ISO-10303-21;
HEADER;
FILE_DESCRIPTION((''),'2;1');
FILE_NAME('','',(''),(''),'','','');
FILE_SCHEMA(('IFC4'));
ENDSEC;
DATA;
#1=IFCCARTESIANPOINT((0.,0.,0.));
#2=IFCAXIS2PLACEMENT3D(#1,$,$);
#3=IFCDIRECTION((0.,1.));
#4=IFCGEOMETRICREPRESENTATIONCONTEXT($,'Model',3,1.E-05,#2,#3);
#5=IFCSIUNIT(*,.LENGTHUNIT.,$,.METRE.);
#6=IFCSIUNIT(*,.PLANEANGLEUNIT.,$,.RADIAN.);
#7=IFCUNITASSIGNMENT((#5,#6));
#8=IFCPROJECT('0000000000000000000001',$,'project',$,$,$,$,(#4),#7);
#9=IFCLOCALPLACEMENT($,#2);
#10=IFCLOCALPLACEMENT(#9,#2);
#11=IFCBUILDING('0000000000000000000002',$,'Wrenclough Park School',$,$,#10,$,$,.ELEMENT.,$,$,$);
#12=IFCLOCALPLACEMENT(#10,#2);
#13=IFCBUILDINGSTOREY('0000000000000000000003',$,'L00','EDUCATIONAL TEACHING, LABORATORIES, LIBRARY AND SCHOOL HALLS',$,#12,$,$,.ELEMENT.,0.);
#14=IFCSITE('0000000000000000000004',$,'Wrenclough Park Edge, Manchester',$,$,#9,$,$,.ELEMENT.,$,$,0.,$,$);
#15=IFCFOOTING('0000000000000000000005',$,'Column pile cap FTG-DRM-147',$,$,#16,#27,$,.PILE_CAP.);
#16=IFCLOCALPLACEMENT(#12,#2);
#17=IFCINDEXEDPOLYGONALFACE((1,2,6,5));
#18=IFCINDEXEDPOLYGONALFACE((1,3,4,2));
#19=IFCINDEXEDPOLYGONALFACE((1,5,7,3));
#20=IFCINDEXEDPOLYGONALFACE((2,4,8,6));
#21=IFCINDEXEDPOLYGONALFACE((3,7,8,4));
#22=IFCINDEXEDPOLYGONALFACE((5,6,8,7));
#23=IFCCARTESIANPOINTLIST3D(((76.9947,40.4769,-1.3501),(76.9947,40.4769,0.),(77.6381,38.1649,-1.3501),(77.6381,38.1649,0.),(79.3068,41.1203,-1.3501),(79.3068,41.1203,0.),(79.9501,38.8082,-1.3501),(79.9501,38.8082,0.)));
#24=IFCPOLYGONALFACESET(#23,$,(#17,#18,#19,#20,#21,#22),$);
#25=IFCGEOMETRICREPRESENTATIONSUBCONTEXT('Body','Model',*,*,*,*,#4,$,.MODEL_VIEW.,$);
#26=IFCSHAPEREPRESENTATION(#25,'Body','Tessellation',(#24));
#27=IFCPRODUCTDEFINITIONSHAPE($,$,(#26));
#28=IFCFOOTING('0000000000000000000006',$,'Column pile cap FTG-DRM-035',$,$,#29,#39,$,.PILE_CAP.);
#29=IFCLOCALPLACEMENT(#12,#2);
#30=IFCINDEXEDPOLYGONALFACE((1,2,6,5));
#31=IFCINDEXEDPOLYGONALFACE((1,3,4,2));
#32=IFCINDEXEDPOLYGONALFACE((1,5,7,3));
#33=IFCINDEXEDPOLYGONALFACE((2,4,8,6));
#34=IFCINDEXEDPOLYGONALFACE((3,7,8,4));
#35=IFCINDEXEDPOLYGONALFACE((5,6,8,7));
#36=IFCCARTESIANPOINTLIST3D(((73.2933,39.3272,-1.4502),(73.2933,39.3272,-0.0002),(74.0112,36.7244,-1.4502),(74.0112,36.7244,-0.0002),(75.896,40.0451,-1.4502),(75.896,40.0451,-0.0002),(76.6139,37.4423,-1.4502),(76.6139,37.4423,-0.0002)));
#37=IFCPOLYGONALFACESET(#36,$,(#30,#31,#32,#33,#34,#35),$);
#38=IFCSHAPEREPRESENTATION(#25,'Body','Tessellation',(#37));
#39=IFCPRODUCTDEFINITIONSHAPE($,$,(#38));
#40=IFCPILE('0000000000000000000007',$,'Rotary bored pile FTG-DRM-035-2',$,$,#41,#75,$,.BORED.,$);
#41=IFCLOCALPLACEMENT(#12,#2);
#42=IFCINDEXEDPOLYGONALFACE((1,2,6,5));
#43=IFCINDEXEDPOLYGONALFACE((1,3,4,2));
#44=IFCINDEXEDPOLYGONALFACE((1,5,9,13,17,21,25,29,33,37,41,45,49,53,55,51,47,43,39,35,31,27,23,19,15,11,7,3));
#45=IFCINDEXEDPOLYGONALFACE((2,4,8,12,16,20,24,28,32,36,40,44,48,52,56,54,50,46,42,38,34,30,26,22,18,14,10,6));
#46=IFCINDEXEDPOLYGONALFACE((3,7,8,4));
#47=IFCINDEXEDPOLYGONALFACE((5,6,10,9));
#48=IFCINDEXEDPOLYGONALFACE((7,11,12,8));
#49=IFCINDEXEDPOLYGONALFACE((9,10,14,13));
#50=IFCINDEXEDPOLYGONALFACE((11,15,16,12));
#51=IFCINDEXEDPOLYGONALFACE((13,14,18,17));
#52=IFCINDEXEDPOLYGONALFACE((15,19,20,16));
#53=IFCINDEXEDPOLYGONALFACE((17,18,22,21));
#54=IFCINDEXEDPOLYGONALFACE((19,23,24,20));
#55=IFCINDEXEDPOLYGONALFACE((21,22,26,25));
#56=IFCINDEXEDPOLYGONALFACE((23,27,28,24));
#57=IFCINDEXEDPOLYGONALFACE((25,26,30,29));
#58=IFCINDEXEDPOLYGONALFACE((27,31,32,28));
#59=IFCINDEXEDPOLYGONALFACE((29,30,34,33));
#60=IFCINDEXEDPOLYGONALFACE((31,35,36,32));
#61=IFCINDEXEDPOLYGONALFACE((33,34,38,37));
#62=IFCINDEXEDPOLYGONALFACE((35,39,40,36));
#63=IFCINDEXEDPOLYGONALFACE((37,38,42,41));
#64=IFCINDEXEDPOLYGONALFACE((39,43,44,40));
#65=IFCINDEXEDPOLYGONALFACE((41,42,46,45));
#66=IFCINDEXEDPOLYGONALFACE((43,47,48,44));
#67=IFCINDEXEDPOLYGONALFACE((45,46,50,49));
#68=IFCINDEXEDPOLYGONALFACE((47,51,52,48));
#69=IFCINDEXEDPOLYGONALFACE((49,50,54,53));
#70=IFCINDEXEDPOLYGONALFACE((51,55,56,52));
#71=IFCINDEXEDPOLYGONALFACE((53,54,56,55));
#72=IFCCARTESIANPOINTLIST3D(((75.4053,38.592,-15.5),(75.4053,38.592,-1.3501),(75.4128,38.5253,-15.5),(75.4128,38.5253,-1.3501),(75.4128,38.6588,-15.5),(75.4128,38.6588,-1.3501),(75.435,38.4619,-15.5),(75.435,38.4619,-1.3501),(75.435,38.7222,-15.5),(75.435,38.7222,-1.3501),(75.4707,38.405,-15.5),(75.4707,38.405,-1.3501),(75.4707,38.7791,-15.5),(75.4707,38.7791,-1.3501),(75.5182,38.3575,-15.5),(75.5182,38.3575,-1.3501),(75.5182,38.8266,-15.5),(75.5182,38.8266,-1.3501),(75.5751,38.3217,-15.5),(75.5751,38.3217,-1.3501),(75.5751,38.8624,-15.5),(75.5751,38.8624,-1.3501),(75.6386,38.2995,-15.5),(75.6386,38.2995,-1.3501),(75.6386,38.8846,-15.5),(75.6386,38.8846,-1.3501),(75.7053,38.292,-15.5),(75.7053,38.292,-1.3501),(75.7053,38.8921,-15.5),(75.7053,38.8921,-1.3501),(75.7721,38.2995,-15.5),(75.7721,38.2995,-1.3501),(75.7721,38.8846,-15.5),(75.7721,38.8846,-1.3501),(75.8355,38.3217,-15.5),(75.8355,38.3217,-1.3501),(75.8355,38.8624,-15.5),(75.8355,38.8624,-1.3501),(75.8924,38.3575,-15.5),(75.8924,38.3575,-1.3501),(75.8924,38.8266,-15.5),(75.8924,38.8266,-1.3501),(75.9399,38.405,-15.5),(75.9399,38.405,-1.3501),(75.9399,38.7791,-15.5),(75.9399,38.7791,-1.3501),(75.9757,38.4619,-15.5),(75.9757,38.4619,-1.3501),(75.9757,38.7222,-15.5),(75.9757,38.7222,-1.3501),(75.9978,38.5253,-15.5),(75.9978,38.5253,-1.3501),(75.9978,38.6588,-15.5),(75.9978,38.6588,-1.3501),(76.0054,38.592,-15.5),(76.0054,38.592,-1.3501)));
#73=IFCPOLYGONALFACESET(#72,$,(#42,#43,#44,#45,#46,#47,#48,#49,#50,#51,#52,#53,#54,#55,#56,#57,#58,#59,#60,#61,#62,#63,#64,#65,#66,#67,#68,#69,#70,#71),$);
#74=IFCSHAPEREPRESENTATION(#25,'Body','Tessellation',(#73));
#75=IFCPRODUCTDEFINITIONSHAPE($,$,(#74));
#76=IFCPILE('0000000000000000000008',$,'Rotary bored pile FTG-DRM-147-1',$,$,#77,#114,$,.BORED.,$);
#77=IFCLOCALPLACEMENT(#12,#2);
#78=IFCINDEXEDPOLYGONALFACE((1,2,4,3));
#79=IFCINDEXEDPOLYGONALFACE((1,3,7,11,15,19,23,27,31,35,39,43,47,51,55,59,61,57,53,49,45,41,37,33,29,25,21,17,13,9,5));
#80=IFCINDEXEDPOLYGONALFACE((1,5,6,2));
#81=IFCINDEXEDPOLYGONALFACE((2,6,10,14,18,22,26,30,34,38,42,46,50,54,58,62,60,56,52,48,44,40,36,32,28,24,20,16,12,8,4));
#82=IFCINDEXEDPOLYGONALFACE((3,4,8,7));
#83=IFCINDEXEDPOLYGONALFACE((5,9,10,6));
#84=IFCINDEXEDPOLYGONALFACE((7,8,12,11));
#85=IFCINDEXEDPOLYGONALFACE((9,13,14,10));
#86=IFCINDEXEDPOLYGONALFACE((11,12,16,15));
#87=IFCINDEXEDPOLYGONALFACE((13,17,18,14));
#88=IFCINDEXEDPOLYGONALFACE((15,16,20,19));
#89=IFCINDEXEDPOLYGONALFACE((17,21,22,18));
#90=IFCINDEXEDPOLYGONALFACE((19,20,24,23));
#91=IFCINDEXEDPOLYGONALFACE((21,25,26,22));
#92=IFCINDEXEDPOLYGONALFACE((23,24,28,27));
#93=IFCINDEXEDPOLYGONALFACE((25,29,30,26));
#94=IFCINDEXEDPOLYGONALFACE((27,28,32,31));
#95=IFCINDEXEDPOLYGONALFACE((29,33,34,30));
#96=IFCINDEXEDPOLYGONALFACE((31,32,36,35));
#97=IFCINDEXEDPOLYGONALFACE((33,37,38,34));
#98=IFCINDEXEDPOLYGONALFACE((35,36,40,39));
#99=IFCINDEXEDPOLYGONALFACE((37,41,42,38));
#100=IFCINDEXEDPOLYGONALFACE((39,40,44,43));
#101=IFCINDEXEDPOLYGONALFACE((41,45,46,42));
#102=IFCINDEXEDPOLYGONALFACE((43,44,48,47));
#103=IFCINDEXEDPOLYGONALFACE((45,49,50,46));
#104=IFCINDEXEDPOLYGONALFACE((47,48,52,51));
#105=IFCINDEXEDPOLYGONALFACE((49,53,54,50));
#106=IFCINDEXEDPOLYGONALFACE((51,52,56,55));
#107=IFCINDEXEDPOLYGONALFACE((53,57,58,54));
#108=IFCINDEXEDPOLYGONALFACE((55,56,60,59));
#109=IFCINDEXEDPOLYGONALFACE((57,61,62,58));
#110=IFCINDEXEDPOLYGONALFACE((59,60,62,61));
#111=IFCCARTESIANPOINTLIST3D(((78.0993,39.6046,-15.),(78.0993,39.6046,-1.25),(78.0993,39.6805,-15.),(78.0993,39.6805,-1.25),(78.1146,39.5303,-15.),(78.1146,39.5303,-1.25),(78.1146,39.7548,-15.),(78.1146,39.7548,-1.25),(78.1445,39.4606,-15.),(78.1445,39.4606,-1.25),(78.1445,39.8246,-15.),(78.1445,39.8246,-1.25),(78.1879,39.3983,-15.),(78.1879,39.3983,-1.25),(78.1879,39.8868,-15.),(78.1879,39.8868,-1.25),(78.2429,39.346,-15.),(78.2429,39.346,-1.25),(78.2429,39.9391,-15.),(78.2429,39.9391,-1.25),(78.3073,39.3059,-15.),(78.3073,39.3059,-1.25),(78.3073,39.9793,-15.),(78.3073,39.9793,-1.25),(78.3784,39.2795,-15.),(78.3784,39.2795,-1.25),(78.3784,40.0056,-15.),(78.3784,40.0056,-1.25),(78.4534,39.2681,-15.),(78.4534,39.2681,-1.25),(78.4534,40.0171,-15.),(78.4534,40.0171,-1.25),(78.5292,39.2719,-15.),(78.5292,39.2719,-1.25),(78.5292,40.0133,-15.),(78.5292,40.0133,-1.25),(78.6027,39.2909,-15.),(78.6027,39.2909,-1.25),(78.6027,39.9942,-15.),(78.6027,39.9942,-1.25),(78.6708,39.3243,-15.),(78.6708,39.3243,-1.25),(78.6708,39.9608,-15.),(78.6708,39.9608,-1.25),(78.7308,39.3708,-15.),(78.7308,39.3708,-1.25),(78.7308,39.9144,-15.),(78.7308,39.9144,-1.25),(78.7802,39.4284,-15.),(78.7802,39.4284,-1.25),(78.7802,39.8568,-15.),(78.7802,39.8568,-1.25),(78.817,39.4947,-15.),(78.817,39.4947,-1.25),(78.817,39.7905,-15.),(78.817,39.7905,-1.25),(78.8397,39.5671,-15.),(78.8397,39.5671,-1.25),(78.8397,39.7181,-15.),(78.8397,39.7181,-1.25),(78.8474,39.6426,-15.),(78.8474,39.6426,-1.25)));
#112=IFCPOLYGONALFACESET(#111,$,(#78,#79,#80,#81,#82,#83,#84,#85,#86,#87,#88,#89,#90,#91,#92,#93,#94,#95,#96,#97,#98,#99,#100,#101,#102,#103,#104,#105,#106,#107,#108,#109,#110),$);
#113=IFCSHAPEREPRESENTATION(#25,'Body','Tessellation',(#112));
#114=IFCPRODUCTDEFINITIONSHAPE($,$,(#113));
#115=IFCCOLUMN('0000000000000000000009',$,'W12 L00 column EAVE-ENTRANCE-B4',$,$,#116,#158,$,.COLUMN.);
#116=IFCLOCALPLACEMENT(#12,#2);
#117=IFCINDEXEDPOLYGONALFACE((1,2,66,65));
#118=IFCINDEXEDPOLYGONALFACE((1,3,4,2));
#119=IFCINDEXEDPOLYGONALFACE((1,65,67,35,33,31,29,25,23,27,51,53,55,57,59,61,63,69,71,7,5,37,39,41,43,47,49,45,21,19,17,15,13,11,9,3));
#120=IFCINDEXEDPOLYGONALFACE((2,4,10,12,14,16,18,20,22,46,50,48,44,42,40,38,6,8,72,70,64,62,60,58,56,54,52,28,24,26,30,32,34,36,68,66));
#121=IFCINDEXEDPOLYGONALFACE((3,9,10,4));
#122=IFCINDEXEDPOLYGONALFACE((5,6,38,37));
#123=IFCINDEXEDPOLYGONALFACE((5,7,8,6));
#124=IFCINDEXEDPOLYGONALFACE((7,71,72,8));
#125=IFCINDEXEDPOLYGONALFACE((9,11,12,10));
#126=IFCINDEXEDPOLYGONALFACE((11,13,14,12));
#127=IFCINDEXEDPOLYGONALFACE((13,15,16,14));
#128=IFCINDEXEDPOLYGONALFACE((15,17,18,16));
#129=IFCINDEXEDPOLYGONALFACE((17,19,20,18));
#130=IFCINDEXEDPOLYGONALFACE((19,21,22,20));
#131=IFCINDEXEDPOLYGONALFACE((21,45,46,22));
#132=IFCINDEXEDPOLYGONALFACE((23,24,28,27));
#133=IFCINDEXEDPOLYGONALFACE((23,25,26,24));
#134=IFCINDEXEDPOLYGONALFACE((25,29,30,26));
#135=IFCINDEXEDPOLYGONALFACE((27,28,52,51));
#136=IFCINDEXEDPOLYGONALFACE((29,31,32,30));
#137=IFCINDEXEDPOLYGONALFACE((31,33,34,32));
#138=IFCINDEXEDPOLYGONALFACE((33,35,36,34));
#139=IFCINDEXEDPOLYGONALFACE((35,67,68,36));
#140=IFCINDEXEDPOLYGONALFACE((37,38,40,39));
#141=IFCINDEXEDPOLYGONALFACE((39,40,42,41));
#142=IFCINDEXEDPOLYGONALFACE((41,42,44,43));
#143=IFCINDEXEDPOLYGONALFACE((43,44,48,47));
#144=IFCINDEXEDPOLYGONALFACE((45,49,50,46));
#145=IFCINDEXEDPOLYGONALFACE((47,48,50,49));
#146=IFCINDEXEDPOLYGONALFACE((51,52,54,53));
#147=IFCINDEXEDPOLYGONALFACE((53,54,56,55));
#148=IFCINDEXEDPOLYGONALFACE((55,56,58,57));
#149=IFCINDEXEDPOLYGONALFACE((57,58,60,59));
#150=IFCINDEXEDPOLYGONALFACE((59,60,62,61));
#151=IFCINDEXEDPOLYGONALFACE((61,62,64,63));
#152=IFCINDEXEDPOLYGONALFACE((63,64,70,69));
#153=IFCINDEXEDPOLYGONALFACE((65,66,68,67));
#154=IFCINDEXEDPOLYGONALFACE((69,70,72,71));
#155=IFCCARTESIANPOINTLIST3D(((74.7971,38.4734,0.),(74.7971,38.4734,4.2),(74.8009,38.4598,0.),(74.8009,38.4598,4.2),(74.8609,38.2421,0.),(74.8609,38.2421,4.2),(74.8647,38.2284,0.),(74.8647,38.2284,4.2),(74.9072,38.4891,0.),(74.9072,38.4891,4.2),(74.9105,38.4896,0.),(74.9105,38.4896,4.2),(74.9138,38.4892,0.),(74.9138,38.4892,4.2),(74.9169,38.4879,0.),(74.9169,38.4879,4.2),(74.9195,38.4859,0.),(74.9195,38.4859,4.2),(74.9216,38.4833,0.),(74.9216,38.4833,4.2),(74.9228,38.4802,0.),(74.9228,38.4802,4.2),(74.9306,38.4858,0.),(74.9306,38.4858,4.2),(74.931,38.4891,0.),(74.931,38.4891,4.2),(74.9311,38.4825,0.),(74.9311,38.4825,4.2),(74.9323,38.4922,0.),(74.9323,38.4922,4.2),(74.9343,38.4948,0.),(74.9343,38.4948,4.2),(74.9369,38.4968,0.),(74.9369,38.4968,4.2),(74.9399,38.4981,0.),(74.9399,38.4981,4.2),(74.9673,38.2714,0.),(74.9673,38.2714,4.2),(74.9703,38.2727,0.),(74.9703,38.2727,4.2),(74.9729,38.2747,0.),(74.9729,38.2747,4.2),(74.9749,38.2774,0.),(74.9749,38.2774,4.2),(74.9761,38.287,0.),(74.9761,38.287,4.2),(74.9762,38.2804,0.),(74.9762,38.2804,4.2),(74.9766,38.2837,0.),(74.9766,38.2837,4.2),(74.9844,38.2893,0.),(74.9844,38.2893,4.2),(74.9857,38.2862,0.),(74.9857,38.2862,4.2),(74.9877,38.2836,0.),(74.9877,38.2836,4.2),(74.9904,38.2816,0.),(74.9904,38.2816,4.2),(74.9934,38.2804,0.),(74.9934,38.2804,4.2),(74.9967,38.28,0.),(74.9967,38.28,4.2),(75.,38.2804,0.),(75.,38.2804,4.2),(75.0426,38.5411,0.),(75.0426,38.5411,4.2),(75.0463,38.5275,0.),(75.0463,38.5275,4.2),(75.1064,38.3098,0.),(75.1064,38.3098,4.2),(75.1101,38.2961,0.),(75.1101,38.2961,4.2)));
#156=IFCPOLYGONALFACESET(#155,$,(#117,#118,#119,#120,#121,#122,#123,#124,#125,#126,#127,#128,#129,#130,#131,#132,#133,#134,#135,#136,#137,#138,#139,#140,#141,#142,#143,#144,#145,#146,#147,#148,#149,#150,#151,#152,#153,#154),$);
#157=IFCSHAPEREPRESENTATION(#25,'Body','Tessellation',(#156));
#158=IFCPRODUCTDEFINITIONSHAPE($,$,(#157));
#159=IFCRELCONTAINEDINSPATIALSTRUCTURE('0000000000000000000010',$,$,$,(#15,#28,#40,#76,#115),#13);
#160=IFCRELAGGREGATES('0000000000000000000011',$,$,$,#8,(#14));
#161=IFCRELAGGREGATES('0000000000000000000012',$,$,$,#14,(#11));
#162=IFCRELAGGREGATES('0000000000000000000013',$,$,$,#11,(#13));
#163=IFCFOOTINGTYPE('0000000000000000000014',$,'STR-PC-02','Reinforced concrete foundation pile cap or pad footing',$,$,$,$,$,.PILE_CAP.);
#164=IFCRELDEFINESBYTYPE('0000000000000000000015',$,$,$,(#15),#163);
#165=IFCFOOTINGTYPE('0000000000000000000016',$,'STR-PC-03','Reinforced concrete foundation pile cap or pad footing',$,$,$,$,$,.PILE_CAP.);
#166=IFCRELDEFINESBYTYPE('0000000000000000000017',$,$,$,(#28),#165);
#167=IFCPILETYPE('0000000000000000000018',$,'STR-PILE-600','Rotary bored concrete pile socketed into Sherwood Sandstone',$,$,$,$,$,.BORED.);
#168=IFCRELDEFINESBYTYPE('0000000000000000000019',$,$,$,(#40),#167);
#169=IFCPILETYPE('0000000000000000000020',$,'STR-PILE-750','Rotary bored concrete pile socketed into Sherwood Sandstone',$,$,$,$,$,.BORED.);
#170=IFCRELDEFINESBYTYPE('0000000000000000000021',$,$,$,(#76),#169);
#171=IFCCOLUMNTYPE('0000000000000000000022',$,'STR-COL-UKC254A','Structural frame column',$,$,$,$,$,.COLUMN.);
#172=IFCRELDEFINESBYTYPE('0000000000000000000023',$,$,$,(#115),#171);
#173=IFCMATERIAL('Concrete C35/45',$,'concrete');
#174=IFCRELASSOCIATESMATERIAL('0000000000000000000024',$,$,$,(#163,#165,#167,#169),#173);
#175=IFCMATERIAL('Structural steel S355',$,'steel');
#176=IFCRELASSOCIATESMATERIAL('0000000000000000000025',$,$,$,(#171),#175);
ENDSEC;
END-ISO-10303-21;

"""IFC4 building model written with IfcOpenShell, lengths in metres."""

from ifc_helpers import new_model, si_unit, direction, frame, origin, origin_2d, place, context, subcontext, project, spatial, rectangle, circle, i_section, extrude, material, material_profile, profile_set, type_object, element, save


model = new_model("IFC4")

# Units and contexts
model_context = context("Model", 3, precision=1e-05, world=origin(), true_north=direction((0.0, 1.0)))
body_context = subcontext(model_context, "Body", "Model", "MODEL_VIEW")
ifc_project = project(units=[si_unit("LENGTHUNIT", "METRE"), si_unit("PLANEANGLEUNIT", "RADIAN")], contexts=[model_context])

# Site, building, storey
site_placement = place(None, origin())
site = spatial("IfcSite", under=ifc_project, at=site_placement, Name="Wrenclough Park Edge, Manchester", CompositionType="ELEMENT", RefElevation=0.0)
building_placement = place(site_placement, origin())
building = spatial("IfcBuilding", under=site, at=building_placement, Name="Wrenclough Park School", CompositionType="ELEMENT")
storey_placement = place(building_placement, origin())
storey = spatial("IfcBuildingStorey", under=building, at=storey_placement, Name="L00", Description="EDUCATIONAL TEACHING, LABORATORIES, LIBRARY AND SCHOOL HALLS", CompositionType="ELEMENT", Elevation=0.0)

# Footings
ifc_material_1 = material(Name="Concrete C35/45", Category="concrete")
footing_type_1 = type_object("IfcFootingType", Name="STR-PC-02", Description="Reinforced concrete foundation pile cap or pad footing", PredefinedType="PILE_CAP", material=ifc_material_1)
footing_1_placement = place(storey_placement, frame((78.4724, 39.6426, -1.3501), z_axis=(0.0, 0.0, 1.0), x_axis=(0.963397, 0.268079, 0.0)))
element("IfcFooting", 1, at=footing_1_placement, inside=storey, type_object=footing_type_1, Name="Column pile cap FTG-DRM-147", PredefinedType="PILE_CAP", context=body_context, shape_type="SweptSolid", body=[
    extrude(rectangle(XDim=2.3999, YDim=2.3999, at=origin_2d()), origin(), (0.0, 0.0, 1.0), 1.3501),
])
footing_type_2 = type_object("IfcFootingType", Name="STR-PC-03", Description="Reinforced concrete foundation pile cap or pad footing", PredefinedType="PILE_CAP", material=ifc_material_1)
footing_2_placement = place(storey_placement, frame((74.9536, 38.3848, -1.4502), z_axis=(0.0, 0.0, 1.0), x_axis=(0.964003, 0.265893, 0.0)))
element("IfcFooting", 2, at=footing_2_placement, inside=storey, type_object=footing_type_2, Name="Column pile cap FTG-DRM-035", PredefinedType="PILE_CAP", context=body_context, shape_type="SweptSolid", body=[
    extrude(rectangle(XDim=2.7, YDim=2.7, at=origin_2d()), origin(), (0.0, 0.0, 1.0), 1.45),
])

# Piles
ifc_material_profile_1 = material_profile(ifc_material_1, circle(Radius=0.3, at=origin_2d()), Name="BORED PILE D600")
ifc_profile_set_1 = profile_set([ifc_material_profile_1], Name="Concrete C35/45")
pile_type_1 = type_object("IfcPileType", Name="STR-PILE-600", Description="Rotary bored concrete pile socketed into Sherwood Sandstone", PredefinedType="BORED", material=ifc_profile_set_1)
pile_1_placement = place(storey_placement, frame((75.7053, 38.592, -1.3501), z_axis=(0.0, 0.0, -1.0), x_axis=(1.0, 0.0, 0.0)))
element("IfcPile", 3, at=pile_1_placement, inside=storey, type_object=pile_type_1, Name="Rotary bored pile FTG-DRM-035-2", PredefinedType="BORED", context=body_context, shape_type="SweptSolid", body=[
    extrude(circle(Radius=0.3, at=origin_2d()), origin(), (0.0, 0.0, 1.0), 14.1499),
])
ifc_material_profile_2 = material_profile(ifc_material_1, circle(Radius=0.375, at=origin_2d()), Name="BORED PILE D750")
ifc_profile_set_2 = profile_set([ifc_material_profile_2], Name="Concrete C35/45")
pile_type_2 = type_object("IfcPileType", Name="STR-PILE-750", Description="Rotary bored concrete pile socketed into Sherwood Sandstone", PredefinedType="BORED", material=ifc_profile_set_2)
pile_2_placement = place(storey_placement, frame((78.4724, 39.6426, -1.25), z_axis=(0.0, 0.0, -1.0), x_axis=(1.0, 0.0, 0.0)))
element("IfcPile", 4, at=pile_2_placement, inside=storey, type_object=pile_type_2, Name="Rotary bored pile FTG-DRM-147-1", PredefinedType="BORED", context=body_context, shape_type="SweptSolid", body=[
    extrude(circle(Radius=0.375, at=origin_2d()), origin(), (0.0, 0.0, 1.0), 13.75),
])

# Column
ifc_material_2 = material(Name="Structural steel S355", Category="steel")
ifc_material_profile_3 = material_profile(ifc_material_2, i_section(OverallWidth=0.2546, OverallDepth=0.2542, WebThickness=0.0085, FlangeThickness=0.0142, FilletRadius=0.0127, at=origin_2d()), Name="UKC 254x254x73")
ifc_profile_set_3 = profile_set([ifc_material_profile_3], Name="Structural steel S355")
column_type = type_object("IfcColumnType", Name="STR-COL-UKC254A", Description="Structural frame column", PredefinedType="COLUMN", material=ifc_profile_set_3)
for number, where, z_axis, x_axis, name in (
    (5, (74.9536, 38.3848, 0.0), (0.0, 0.0, 1.0), (0.964003, 0.265893, 0.0), "W12 L00 column EAVE-ENTRANCE-B4"),
):
    element("IfcColumn", number, at=place(storey_placement, frame(where, z_axis=z_axis, x_axis=x_axis)), inside=storey, type_object=column_type, Name=name, PredefinedType="COLUMN", context=body_context, shape_type="SweptSolid", body=[
        extrude(i_section(OverallWidth=0.2546, OverallDepth=0.2542, WebThickness=0.0085, FlangeThickness=0.0142, FilletRadius=0.0127, at=origin_2d()), origin(), (0.0, 0.0, 1.0), 4.2),
    ])

save(model, "model.ifc")
